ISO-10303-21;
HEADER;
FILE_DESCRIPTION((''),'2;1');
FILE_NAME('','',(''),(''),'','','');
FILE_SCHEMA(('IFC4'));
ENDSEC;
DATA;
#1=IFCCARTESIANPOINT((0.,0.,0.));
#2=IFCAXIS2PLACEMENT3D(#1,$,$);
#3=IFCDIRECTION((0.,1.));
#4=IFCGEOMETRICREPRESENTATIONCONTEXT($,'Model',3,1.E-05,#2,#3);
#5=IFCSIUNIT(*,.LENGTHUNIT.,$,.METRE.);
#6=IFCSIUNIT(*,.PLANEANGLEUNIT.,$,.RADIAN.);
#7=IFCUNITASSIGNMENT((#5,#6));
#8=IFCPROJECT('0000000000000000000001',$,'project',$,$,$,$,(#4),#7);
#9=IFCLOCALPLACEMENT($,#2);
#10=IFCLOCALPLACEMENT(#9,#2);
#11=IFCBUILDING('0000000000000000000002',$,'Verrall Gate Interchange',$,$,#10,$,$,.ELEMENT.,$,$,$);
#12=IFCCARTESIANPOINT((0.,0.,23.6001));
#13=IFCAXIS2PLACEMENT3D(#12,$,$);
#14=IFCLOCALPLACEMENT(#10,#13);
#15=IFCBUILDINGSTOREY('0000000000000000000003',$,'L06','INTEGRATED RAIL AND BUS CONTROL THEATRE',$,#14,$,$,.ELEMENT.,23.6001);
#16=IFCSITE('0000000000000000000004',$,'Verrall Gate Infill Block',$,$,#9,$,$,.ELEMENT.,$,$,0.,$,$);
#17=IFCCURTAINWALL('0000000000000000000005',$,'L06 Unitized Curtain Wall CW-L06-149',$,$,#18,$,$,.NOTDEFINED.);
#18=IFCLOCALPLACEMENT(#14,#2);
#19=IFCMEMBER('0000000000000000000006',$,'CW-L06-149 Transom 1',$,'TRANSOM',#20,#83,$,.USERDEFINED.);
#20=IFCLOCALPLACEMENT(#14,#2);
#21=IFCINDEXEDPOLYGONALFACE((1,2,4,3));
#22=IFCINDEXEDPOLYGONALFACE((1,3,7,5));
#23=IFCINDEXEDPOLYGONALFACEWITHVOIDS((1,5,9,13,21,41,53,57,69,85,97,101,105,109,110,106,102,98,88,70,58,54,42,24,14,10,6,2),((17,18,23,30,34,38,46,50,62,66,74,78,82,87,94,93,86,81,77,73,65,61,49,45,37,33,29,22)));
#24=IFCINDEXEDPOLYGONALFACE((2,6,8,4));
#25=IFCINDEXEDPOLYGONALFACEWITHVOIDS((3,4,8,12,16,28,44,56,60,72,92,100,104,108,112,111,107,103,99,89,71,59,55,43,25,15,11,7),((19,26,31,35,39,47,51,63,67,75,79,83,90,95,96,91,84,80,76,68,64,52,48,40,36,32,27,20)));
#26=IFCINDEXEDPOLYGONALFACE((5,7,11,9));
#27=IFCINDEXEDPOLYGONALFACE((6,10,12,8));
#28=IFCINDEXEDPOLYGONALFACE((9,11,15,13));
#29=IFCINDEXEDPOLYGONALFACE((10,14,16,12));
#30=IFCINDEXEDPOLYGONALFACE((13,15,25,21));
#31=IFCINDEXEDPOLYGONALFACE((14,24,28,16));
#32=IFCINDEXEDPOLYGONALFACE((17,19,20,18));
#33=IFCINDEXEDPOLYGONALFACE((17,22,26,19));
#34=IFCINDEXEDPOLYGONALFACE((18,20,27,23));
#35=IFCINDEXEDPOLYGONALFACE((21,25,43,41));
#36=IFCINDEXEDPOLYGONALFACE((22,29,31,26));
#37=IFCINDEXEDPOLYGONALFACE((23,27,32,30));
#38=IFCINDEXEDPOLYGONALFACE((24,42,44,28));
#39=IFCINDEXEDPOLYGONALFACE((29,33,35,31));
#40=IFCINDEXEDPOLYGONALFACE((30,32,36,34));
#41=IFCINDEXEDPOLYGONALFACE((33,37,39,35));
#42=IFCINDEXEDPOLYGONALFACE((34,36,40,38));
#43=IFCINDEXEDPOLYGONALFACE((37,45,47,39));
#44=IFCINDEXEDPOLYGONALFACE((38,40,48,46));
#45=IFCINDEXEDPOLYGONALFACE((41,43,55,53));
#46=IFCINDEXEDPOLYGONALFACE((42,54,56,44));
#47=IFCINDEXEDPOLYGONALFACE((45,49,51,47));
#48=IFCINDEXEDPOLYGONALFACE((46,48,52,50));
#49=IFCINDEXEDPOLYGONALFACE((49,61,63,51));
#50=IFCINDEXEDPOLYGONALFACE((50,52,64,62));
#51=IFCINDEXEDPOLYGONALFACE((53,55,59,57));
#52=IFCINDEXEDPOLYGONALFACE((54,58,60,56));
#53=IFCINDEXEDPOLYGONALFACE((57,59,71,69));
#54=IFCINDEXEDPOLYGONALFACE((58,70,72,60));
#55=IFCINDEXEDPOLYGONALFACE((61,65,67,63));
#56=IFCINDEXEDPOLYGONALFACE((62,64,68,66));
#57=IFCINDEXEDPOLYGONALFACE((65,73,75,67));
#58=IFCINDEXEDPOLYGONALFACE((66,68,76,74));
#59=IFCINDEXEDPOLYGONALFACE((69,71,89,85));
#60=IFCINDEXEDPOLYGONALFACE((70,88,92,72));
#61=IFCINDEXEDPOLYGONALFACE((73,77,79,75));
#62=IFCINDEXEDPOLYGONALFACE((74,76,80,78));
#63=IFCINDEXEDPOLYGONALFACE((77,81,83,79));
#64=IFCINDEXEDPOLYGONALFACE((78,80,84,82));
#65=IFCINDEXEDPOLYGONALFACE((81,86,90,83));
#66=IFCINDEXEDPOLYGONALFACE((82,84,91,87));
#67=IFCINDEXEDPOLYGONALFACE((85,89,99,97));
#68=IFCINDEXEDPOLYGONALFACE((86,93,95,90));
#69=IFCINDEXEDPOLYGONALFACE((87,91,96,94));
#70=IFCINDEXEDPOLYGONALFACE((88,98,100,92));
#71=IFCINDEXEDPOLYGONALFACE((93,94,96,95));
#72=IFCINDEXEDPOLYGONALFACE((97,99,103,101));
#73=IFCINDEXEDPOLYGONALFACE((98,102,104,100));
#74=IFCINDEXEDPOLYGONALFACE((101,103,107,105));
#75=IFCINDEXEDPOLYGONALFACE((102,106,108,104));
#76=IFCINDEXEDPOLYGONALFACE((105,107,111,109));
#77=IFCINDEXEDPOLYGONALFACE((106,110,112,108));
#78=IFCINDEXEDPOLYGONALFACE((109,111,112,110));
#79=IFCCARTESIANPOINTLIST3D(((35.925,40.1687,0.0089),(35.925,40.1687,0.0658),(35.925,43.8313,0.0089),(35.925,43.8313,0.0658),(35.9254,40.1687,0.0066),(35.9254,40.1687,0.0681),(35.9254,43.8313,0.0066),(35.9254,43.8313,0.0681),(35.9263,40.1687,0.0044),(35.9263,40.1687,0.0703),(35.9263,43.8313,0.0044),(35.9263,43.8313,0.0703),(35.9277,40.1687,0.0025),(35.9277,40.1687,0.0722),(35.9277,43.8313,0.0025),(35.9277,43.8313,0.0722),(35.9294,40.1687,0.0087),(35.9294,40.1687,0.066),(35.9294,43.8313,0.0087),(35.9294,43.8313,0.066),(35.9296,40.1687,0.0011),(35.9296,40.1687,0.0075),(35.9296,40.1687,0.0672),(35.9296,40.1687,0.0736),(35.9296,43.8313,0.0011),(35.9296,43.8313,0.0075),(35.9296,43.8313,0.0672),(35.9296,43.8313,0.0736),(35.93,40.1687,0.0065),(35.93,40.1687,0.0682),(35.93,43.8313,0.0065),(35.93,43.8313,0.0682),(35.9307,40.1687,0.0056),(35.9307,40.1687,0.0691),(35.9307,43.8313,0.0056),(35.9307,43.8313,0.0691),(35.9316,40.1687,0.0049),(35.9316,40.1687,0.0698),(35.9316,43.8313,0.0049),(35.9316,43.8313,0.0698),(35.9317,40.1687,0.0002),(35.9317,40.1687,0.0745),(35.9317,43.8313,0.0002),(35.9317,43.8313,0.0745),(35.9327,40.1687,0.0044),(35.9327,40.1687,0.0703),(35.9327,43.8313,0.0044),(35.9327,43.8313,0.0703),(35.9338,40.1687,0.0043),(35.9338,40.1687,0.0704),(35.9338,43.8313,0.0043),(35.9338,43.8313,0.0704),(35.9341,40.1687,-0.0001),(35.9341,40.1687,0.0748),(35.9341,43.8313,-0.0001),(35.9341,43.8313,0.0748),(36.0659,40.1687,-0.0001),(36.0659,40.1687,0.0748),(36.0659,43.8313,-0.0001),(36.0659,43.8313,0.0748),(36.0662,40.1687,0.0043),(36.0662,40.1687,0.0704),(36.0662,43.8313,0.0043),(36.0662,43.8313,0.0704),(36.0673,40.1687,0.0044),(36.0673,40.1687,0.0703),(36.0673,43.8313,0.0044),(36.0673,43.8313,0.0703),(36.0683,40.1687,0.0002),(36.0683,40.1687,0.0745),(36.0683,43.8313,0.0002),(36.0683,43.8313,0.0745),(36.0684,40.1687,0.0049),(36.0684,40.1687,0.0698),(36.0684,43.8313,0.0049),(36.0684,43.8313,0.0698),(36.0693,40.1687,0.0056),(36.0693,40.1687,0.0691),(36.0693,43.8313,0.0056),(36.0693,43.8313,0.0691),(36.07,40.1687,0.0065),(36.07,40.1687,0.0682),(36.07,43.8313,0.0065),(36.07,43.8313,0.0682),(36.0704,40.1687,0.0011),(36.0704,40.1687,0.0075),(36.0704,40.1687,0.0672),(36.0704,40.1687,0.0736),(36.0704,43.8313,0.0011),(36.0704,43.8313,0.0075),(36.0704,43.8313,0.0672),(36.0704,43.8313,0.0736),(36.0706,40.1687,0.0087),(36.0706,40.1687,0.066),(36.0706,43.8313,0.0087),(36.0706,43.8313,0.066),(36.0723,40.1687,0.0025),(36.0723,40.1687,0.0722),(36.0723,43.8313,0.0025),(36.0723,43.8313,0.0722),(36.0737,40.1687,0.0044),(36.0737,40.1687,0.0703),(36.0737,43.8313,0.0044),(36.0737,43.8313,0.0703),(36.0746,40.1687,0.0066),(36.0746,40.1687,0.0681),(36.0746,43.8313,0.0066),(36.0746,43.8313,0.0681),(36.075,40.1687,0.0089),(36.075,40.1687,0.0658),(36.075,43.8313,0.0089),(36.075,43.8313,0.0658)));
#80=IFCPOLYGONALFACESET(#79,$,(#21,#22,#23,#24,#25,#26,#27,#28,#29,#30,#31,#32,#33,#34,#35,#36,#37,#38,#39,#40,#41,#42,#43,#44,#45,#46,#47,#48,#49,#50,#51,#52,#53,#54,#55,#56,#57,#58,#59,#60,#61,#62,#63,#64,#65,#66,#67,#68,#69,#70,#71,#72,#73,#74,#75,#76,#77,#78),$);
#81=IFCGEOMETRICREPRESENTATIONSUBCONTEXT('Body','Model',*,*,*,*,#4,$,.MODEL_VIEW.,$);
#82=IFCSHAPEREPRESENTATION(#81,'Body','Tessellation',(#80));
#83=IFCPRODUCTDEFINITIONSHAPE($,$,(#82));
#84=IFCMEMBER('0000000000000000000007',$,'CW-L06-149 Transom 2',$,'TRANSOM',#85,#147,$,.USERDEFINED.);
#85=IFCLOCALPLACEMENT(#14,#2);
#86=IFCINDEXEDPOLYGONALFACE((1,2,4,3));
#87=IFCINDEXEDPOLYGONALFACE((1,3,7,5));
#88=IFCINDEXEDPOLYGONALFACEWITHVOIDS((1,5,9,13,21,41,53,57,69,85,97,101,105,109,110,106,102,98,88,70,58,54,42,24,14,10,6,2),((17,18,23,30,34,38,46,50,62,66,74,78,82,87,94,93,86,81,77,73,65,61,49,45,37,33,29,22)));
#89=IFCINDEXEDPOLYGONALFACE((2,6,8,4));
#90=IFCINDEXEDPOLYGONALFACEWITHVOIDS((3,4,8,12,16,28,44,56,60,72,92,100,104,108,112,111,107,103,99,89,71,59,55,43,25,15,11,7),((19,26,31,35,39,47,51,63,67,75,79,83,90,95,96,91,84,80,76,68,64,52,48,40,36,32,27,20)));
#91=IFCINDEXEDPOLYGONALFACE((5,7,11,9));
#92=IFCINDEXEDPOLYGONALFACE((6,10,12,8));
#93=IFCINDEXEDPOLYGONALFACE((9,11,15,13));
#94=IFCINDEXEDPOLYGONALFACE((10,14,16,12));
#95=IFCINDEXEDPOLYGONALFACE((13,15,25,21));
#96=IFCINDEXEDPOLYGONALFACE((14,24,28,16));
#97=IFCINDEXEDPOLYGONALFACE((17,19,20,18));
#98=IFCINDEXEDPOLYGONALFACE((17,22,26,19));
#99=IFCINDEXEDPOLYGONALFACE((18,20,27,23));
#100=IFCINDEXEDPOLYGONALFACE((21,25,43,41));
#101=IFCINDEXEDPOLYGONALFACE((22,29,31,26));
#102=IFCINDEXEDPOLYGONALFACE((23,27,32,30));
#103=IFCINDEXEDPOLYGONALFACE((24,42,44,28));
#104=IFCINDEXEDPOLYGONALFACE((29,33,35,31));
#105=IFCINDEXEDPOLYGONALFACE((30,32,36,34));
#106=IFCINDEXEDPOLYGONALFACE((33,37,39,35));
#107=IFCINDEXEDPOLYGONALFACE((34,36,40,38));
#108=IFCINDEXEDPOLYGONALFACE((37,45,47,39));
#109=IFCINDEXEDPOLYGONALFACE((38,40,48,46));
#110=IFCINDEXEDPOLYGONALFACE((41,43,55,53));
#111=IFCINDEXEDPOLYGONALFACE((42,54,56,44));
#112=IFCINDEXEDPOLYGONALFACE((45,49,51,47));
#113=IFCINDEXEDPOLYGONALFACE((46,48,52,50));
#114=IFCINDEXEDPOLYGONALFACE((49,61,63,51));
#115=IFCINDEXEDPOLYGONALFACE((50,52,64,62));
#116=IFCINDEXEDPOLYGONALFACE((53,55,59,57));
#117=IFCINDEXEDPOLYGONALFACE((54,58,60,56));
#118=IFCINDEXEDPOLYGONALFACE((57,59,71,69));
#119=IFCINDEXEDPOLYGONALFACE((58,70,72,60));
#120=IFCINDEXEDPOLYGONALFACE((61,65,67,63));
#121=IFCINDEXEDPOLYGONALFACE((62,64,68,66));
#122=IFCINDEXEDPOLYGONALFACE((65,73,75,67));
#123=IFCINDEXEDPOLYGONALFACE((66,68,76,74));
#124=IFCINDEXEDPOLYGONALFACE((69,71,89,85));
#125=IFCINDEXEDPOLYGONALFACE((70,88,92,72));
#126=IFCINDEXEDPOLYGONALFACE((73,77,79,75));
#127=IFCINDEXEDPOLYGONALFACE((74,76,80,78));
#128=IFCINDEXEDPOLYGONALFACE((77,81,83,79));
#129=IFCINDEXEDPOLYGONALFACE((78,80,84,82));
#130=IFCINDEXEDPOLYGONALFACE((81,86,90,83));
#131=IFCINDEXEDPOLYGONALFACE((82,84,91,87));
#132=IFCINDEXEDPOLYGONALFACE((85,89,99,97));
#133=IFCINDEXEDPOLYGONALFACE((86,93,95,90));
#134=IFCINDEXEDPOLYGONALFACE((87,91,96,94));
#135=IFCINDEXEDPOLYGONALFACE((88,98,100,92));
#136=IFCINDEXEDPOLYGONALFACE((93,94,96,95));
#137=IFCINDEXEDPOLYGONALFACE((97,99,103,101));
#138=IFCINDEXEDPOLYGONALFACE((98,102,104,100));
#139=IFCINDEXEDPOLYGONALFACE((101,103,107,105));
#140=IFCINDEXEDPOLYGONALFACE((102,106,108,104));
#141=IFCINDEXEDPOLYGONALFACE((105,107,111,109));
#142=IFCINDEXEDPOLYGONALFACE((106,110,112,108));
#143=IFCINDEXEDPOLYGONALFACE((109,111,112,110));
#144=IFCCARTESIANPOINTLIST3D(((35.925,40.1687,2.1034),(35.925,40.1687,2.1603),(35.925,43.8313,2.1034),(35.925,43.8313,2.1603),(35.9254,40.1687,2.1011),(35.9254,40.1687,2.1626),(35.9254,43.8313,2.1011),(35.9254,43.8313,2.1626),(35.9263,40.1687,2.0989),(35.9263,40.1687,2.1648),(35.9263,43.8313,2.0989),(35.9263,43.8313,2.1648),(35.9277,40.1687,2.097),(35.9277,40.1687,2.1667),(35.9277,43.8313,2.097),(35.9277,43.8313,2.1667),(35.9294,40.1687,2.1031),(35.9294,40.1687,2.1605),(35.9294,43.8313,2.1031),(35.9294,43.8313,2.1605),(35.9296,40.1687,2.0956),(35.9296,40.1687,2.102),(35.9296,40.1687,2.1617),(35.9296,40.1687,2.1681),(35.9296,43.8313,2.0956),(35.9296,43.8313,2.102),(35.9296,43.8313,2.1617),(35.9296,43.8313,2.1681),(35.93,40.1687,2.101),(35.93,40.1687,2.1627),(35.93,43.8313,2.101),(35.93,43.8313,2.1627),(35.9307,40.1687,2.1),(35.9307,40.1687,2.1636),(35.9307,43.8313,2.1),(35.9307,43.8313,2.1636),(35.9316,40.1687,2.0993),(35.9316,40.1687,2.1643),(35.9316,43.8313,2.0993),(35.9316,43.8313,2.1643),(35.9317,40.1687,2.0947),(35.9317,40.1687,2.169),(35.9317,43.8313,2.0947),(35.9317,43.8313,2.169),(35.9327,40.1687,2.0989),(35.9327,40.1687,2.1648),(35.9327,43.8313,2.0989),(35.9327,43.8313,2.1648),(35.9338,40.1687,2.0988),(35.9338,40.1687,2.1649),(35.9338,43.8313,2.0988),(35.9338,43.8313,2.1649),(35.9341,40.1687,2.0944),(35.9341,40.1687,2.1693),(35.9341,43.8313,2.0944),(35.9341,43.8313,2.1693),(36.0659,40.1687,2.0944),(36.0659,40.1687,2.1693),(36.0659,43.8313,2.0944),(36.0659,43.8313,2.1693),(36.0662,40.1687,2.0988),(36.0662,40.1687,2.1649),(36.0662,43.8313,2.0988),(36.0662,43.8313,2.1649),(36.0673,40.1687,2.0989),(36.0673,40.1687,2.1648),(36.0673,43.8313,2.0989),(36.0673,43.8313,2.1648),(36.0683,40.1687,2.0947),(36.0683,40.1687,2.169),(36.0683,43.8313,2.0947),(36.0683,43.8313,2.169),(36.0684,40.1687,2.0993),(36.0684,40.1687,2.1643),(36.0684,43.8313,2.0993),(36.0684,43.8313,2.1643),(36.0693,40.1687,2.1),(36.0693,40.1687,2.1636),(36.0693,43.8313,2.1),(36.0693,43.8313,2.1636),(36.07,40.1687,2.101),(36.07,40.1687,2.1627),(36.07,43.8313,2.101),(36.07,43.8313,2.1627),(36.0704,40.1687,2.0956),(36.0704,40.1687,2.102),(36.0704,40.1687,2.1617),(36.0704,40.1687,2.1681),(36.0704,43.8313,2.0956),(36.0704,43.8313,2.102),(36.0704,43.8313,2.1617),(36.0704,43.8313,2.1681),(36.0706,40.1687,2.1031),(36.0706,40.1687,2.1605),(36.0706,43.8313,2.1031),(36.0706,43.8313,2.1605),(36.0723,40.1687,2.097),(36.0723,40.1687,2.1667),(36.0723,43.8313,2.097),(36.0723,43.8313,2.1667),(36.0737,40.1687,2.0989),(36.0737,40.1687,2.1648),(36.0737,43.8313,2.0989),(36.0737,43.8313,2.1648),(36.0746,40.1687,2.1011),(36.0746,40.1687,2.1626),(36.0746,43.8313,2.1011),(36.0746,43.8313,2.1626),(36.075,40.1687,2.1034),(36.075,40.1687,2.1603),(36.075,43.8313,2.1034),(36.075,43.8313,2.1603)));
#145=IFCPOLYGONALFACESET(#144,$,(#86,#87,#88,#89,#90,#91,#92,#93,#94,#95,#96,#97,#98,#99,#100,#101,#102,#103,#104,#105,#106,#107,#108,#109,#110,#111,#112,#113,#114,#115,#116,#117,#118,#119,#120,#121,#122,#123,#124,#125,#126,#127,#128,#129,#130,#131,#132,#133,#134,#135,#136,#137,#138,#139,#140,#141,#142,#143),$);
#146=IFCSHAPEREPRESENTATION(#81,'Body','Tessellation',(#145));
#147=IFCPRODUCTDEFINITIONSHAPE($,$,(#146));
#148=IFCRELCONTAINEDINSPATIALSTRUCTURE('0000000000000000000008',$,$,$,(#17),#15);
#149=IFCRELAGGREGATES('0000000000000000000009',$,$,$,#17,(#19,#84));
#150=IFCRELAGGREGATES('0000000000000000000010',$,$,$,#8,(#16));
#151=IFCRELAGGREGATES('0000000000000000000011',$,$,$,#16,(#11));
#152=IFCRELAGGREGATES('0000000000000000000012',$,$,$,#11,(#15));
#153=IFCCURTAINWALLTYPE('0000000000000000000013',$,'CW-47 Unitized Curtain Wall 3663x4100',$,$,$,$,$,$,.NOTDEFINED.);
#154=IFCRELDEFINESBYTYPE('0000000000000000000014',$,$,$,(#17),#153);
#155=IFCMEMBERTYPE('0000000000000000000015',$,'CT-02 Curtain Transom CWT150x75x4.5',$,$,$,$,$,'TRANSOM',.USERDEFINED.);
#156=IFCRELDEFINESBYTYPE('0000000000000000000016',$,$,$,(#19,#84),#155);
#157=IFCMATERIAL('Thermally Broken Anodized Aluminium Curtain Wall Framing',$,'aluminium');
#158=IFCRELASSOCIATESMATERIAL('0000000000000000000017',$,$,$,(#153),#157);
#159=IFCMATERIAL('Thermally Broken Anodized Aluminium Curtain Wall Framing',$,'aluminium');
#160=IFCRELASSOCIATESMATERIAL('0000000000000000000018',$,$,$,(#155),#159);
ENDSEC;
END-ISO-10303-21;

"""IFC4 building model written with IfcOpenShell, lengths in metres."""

from ifc_helpers import new_model, si_unit, direction, frame, origin, origin_2d, place, context, subcontext, project, spatial, hollow_rectangle, extrude, material, material_profile, profile_set, type_object, element, aggregate, save


model = new_model("IFC4")

# Units and contexts
model_context = context("Model", 3, precision=1e-05, world=origin(), true_north=direction((0.0, 1.0)))
body_context = subcontext(model_context, "Body", "Model", "MODEL_VIEW")
ifc_project = project(units=[si_unit("LENGTHUNIT", "METRE"), si_unit("PLANEANGLEUNIT", "RADIAN")], contexts=[model_context])

# Site, building, storey
site_placement = place(None, origin())
site = spatial("IfcSite", under=ifc_project, at=site_placement, Name="Verrall Gate Infill Block", CompositionType="ELEMENT", RefElevation=0.0)
building_placement = place(site_placement, origin())
building = spatial("IfcBuilding", under=site, at=building_placement, Name="Verrall Gate Interchange", CompositionType="ELEMENT")
storey_placement = place(building_placement, frame((0.0, 0.0, 23.6001)))
storey = spatial("IfcBuildingStorey", under=building, at=storey_placement, Name="L06", Description="INTEGRATED RAIL AND BUS CONTROL THEATRE", CompositionType="ELEMENT", Elevation=23.6001)

# Curtain wall, members
ifc_material_1 = material(Name="Thermally Broken Anodized Aluminium Curtain Wall Framing", Category="aluminium")
curtain_wall_type_1 = type_object("IfcCurtainWallType", Name="CW-47 Unitized Curtain Wall 3663x4100", PredefinedType="NOTDEFINED", material=ifc_material_1)
curtain_wall_1_placement = place(storey_placement, origin())
curtain_wall_1 = element("IfcCurtainWall", 1, at=curtain_wall_1_placement, inside=storey, type_object=curtain_wall_type_1, Name="L06 Unitized Curtain Wall CW-L06-149", PredefinedType="NOTDEFINED")
ifc_material_2 = material(Name="Thermally Broken Anodized Aluminium Curtain Wall Framing", Category="aluminium")
ifc_material_profile_1 = material_profile(ifc_material_2, hollow_rectangle(XDim=0.1499, YDim=0.075, WallThickness=0.0044, InnerFilletRadius=0.0044, OuterFilletRadius=0.009, at=origin_2d()), Name="CWT150x75x4.5")
ifc_profile_set_1 = profile_set([ifc_material_profile_1], Name="Thermally Broken Anodized Aluminium Curtain Wall Framing")
member_type_1 = type_object("IfcMemberType", Name="CT-02 Curtain Transom CWT150x75x4.5", ElementType="TRANSOM", PredefinedType="USERDEFINED", material=ifc_profile_set_1)
member_1_placement = place(storey_placement, frame((36.0, 40.1687, 0.0374), z_axis=(0.0, 1.0, 0.0), x_axis=(-1.0, 0.0, 0.0)))
member_1 = element("IfcMember", 2, at=member_1_placement, type_object=member_type_1, Name="CW-L06-149 Transom 1", ObjectType="TRANSOM", PredefinedType="USERDEFINED", context=body_context, shape_type="SweptSolid", body=[
    extrude(hollow_rectangle(XDim=0.1499, YDim=0.075, WallThickness=0.0044, InnerFilletRadius=0.0044, OuterFilletRadius=0.009, at=origin_2d()), origin(), (0.0, 0.0, 1.0), 3.6626),
])
member_2_placement = place(storey_placement, frame((36.0, 40.1687, 2.1318), z_axis=(0.0, 1.0, 0.0), x_axis=(-1.0, 0.0, 0.0)))
member_2 = element("IfcMember", 3, at=member_2_placement, type_object=member_type_1, Name="CW-L06-149 Transom 2", ObjectType="TRANSOM", PredefinedType="USERDEFINED", context=body_context, shape_type="SweptSolid", body=[
    extrude(hollow_rectangle(XDim=0.1499, YDim=0.075, WallThickness=0.0044, InnerFilletRadius=0.0044, OuterFilletRadius=0.009, at=origin_2d()), origin(), (0.0, 0.0, 1.0), 3.6626),
])
aggregate(curtain_wall_1, [member_1, member_2])

save(model, "model.ifc")
